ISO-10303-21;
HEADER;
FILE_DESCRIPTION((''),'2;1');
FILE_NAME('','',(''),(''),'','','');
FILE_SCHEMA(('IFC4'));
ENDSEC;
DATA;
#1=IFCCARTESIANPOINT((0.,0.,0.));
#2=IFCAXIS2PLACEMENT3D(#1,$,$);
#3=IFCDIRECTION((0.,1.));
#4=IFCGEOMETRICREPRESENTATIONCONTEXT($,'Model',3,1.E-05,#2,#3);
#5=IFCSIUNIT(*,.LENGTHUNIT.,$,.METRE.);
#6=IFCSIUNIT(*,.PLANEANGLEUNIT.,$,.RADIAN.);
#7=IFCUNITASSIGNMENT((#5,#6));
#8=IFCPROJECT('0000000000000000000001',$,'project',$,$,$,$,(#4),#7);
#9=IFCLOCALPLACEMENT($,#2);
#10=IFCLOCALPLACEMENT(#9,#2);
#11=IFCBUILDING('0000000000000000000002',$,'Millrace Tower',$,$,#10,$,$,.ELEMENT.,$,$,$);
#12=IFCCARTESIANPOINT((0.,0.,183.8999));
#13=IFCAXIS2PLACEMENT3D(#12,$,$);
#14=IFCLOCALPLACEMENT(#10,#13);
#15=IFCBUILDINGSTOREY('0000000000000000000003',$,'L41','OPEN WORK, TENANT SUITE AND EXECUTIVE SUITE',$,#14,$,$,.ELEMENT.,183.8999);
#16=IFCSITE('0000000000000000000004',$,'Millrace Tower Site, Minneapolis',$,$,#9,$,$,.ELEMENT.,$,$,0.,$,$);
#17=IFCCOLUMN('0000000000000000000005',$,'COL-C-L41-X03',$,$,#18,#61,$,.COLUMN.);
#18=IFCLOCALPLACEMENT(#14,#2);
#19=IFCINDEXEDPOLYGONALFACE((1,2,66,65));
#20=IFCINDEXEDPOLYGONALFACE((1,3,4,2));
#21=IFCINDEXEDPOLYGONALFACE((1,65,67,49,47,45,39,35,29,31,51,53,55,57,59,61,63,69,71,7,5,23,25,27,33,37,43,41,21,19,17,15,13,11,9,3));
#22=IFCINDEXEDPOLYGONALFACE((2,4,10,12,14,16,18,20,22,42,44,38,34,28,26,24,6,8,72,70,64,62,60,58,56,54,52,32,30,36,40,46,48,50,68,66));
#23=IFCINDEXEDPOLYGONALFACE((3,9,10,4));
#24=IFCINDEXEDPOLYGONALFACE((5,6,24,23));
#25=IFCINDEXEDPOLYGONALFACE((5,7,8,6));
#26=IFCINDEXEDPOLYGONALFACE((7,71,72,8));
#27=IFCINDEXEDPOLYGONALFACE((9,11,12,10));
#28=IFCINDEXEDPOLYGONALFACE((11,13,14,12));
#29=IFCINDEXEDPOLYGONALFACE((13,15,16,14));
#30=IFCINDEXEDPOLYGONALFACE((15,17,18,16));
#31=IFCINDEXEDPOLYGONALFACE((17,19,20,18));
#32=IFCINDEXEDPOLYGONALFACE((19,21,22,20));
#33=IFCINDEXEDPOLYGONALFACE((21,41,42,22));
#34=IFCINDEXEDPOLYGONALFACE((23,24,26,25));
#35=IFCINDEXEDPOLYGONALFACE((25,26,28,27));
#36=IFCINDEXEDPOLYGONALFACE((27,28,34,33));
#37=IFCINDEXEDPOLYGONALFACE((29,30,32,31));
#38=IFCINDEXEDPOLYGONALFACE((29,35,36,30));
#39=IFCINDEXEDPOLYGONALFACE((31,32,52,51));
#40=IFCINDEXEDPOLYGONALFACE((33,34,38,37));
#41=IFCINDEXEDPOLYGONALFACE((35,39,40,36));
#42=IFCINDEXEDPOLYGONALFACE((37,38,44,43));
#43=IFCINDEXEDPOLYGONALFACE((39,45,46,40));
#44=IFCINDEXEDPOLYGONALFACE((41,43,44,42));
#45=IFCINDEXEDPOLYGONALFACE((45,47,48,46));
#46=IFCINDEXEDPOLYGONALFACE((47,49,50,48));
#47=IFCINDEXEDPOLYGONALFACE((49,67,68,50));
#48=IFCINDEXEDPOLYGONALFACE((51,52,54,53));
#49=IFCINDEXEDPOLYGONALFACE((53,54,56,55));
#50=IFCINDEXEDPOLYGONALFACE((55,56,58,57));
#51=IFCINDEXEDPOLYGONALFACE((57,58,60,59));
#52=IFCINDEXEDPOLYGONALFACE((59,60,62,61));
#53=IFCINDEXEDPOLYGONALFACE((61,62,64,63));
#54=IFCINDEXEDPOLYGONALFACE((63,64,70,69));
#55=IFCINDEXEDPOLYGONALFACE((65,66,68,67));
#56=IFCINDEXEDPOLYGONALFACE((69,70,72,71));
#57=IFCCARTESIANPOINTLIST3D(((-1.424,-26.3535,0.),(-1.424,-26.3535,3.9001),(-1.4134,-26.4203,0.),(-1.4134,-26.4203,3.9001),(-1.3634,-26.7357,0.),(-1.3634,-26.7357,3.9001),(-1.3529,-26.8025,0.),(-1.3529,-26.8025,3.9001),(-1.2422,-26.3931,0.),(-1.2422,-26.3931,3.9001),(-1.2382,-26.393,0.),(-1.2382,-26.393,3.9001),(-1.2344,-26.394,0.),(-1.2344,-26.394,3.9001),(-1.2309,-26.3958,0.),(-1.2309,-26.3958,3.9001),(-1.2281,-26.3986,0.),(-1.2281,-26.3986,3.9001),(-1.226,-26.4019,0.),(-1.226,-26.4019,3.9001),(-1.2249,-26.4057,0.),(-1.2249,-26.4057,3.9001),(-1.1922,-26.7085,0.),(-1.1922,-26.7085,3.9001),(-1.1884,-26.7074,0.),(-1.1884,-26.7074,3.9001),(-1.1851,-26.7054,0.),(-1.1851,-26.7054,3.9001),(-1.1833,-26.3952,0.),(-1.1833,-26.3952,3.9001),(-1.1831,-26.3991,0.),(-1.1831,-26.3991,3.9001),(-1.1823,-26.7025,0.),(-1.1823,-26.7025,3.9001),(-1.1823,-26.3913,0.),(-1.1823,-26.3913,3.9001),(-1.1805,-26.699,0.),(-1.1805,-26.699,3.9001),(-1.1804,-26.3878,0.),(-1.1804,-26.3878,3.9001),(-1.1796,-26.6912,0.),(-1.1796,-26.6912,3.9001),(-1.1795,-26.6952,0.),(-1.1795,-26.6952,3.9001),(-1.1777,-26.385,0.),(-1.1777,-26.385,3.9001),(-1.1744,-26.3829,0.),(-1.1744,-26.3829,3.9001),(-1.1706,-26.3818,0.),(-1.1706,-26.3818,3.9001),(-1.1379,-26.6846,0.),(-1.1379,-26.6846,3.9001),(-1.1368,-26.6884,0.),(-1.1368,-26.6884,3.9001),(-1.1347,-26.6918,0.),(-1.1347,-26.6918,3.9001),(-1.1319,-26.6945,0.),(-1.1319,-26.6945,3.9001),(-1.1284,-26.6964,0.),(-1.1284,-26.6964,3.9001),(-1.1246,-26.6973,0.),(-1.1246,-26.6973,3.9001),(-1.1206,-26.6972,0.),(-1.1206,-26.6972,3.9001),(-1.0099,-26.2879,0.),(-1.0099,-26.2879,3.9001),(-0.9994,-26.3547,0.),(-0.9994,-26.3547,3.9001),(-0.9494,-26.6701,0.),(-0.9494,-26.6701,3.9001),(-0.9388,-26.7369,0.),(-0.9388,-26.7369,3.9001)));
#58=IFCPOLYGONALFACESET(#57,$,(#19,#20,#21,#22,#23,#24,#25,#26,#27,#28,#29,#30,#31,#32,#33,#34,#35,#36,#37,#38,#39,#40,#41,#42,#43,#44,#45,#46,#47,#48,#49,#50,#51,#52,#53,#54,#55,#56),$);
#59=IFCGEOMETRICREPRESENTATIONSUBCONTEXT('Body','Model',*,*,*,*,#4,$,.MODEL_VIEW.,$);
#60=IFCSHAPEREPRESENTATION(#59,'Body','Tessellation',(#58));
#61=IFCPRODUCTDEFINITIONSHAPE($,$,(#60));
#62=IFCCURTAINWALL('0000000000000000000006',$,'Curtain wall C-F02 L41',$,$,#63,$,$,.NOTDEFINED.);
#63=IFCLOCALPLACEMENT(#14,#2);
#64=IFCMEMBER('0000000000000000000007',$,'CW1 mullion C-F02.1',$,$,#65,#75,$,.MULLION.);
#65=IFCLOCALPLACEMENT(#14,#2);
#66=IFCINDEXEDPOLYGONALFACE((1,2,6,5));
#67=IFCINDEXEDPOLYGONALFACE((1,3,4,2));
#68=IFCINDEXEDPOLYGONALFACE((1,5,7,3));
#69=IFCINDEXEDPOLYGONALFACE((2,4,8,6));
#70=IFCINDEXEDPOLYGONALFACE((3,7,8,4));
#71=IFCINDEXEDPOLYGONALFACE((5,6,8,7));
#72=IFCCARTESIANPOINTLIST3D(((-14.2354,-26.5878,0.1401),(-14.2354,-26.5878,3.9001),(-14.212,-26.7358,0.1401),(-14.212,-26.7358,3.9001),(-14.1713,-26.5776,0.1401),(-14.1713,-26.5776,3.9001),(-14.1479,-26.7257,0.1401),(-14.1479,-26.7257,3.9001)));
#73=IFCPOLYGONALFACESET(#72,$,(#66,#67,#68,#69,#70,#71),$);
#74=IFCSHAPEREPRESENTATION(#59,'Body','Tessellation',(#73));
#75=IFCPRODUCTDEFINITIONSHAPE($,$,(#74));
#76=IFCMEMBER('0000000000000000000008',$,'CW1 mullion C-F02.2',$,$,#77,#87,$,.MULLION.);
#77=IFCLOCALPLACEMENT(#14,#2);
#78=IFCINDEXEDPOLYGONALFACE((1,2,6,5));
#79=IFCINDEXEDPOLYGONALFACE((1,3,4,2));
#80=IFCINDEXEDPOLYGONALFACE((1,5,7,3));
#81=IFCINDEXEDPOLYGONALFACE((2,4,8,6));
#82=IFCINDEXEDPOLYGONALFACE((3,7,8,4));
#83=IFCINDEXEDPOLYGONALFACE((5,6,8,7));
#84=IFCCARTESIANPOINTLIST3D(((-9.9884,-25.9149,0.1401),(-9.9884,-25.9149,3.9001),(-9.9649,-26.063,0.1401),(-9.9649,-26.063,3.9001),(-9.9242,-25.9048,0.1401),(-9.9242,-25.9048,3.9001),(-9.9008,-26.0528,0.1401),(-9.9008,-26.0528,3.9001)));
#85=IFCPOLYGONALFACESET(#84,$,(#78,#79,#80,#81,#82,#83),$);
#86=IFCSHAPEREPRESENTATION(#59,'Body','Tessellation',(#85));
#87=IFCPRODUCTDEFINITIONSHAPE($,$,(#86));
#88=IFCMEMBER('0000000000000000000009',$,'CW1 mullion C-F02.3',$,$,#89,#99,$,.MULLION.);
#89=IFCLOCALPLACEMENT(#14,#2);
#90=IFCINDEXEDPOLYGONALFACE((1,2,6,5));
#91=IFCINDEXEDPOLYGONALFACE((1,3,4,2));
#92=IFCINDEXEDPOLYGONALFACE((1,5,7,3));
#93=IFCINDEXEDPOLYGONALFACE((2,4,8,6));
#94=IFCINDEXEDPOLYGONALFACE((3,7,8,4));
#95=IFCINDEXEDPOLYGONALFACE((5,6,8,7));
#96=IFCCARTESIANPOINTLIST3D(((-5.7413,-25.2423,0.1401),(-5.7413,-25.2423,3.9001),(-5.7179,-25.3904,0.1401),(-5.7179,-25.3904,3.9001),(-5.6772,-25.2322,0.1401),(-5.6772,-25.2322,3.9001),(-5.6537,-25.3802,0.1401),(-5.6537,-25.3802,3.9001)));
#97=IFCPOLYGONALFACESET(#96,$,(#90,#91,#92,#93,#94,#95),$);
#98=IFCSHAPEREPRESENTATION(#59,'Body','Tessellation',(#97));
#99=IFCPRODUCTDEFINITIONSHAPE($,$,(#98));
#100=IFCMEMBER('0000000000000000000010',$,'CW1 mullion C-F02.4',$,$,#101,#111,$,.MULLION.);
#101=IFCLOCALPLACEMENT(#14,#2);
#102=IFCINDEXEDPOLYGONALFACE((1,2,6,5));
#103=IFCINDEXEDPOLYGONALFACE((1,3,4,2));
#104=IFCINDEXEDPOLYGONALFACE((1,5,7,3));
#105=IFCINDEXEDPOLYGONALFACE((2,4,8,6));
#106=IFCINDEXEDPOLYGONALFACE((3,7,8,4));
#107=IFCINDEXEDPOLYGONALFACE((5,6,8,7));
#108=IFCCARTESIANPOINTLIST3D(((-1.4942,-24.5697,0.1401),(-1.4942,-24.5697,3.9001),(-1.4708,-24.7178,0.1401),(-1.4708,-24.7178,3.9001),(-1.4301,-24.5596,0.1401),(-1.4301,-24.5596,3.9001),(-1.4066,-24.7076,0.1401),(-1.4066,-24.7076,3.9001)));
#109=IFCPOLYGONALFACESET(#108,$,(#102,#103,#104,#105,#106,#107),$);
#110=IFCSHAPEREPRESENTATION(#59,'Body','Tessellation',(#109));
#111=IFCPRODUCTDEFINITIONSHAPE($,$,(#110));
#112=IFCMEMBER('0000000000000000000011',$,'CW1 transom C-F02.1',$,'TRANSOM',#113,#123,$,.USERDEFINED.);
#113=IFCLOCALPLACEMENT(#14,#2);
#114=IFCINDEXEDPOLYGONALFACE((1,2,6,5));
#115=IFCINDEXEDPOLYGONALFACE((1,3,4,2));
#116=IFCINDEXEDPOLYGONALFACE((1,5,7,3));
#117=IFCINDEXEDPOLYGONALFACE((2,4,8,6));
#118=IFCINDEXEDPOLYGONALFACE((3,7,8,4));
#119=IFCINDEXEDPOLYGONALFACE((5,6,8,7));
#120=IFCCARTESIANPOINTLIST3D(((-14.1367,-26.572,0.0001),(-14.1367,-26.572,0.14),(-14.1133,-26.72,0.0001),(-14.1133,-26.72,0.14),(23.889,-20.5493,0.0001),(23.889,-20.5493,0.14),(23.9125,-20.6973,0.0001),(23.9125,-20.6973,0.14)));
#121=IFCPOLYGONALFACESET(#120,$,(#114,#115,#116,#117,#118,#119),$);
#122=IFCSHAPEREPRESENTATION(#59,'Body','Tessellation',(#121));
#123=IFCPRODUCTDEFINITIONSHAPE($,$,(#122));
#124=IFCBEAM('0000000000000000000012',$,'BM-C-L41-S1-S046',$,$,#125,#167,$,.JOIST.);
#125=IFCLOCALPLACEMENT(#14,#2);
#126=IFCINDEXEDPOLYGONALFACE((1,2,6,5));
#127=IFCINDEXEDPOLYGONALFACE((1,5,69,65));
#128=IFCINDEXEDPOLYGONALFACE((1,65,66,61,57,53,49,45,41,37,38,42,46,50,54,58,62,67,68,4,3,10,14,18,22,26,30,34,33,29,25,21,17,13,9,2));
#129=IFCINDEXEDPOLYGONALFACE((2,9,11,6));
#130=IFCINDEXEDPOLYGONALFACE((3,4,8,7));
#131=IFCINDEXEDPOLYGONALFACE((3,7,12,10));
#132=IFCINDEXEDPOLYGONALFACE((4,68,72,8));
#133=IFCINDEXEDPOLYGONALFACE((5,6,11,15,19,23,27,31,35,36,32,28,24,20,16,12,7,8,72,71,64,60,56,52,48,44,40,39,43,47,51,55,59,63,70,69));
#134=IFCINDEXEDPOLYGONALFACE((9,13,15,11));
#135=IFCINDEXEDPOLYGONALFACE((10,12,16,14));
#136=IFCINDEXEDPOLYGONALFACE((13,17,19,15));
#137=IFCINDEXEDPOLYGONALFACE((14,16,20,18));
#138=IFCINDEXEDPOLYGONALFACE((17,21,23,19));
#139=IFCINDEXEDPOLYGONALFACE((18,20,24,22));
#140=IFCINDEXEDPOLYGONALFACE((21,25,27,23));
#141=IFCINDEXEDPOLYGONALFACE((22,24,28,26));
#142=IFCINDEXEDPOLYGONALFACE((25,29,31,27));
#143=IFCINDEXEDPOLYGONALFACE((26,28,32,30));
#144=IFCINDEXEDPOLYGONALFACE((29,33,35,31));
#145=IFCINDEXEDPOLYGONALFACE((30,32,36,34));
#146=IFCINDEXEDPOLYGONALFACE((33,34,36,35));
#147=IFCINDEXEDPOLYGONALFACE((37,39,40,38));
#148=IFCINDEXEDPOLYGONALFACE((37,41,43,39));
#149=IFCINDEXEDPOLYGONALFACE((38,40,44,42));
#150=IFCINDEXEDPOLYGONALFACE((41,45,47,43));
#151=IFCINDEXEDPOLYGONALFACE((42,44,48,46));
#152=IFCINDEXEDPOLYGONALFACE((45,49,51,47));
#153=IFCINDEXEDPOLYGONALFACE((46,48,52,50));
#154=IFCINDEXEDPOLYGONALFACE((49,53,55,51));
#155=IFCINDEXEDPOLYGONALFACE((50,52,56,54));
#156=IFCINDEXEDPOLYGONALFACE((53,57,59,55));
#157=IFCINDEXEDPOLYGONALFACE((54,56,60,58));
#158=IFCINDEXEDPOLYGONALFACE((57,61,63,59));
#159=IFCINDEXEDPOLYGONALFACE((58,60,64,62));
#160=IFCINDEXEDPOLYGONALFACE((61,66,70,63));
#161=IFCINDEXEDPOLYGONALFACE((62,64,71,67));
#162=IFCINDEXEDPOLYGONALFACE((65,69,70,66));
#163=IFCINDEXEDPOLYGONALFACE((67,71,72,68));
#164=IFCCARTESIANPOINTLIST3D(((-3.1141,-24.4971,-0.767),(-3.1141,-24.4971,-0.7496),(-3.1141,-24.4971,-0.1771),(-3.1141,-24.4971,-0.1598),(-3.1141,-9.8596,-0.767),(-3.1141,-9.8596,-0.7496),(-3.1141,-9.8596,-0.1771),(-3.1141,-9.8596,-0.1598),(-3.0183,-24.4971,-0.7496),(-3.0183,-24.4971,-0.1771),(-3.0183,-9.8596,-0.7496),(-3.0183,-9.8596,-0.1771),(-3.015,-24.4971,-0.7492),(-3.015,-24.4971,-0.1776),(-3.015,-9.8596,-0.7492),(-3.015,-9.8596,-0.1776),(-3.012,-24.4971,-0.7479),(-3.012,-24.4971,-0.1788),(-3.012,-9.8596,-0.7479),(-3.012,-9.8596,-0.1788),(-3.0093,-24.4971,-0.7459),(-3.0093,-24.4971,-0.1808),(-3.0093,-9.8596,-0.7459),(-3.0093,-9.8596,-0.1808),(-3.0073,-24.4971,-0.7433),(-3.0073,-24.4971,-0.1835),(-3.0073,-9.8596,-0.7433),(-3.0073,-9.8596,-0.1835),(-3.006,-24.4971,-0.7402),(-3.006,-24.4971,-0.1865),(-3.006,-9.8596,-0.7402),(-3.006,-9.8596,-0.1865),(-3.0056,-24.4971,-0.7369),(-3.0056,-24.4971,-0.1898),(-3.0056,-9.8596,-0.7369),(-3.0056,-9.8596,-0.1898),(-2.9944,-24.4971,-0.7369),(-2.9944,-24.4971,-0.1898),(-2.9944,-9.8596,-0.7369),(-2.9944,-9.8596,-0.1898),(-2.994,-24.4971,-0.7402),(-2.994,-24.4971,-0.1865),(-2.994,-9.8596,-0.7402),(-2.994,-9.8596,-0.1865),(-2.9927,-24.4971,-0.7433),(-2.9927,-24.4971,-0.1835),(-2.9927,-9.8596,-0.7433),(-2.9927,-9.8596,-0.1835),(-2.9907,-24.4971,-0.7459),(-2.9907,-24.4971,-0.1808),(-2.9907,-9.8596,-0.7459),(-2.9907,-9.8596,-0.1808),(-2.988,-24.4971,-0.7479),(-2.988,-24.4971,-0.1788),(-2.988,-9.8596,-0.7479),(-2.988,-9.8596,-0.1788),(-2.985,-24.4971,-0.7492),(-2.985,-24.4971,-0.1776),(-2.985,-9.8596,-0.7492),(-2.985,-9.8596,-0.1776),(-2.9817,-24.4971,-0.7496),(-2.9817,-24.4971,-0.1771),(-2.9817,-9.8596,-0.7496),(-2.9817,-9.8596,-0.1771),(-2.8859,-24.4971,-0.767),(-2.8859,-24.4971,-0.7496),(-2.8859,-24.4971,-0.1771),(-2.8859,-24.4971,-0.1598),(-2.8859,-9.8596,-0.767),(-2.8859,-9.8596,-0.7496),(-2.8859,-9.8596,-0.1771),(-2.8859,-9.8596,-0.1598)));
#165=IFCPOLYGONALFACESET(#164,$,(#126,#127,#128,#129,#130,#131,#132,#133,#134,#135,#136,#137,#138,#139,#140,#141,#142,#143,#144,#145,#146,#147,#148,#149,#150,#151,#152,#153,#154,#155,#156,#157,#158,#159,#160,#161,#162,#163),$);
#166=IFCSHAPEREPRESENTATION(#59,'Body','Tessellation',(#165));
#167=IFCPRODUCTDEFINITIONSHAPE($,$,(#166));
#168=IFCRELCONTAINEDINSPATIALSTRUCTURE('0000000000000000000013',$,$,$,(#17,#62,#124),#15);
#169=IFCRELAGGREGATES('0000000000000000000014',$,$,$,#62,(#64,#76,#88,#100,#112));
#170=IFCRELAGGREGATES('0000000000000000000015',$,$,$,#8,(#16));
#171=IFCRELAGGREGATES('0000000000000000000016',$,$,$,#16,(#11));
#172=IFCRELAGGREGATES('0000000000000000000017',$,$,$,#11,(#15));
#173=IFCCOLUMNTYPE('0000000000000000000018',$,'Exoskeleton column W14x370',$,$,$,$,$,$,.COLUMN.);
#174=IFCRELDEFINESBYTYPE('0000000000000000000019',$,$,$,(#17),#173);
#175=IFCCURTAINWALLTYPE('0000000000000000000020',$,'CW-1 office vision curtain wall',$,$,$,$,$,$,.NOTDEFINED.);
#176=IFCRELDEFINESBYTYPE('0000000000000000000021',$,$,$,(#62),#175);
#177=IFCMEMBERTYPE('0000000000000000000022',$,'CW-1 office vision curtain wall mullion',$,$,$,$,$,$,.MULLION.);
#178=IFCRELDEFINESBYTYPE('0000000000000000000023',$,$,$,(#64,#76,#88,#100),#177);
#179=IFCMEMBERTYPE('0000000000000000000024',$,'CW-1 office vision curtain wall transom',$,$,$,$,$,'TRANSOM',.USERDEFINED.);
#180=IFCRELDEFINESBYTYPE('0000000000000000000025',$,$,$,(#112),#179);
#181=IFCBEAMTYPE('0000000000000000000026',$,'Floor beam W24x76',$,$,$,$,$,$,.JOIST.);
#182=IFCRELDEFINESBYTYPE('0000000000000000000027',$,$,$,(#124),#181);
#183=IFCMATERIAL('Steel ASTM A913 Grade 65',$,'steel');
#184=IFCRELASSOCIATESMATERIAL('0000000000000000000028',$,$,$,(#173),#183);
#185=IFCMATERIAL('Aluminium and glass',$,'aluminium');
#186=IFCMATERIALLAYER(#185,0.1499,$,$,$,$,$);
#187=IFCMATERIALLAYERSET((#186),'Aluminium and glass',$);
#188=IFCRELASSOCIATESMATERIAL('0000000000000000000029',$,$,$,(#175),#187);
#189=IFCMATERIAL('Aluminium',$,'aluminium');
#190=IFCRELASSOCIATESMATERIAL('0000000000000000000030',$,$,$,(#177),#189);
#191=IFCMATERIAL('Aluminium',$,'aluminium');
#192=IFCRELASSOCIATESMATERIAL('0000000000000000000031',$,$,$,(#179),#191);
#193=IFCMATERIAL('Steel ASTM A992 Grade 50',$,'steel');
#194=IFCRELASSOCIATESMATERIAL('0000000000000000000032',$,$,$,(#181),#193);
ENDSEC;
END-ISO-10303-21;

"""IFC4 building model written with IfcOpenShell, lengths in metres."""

from ifc_helpers import new_model, si_unit, direction, frame, origin, origin_2d, place, context, subcontext, project, spatial, rectangle, i_section, extrude, material, layer, layer_set, material_profile, profile_set, type_object, element, aggregate, save


model = new_model("IFC4")

# Units and contexts
model_context = context("Model", 3, precision=1e-05, world=origin(), true_north=direction((0.0, 1.0)))
body_context = subcontext(model_context, "Body", "Model", "MODEL_VIEW")
ifc_project = project(units=[si_unit("LENGTHUNIT", "METRE"), si_unit("PLANEANGLEUNIT", "RADIAN")], contexts=[model_context])

# Site, building, storey
site_placement = place(None, origin())
site = spatial("IfcSite", under=ifc_project, at=site_placement, Name="Millrace Tower Site, Minneapolis", CompositionType="ELEMENT", RefElevation=0.0)
building_placement = place(site_placement, origin())
building = spatial("IfcBuilding", under=site, at=building_placement, Name="Millrace Tower", CompositionType="ELEMENT")
storey_placement = place(building_placement, frame((0.0, 0.0, 183.8999)))
storey = spatial("IfcBuildingStorey", under=building, at=storey_placement, Name="L41", Description="OPEN WORK, TENANT SUITE AND EXECUTIVE SUITE", CompositionType="ELEMENT", Elevation=183.8999)

# Column
ifc_material_1 = material(Name="Steel ASTM A913 Grade 65", Category="steel")
ifc_material_profile_1 = material_profile(ifc_material_1, i_section(OverallWidth=0.4192, OverallDepth=0.4546, WebThickness=0.0422, FlangeThickness=0.0676, FilletRadius=0.0151, at=origin_2d()))
ifc_profile_set_1 = profile_set([ifc_material_profile_1], Name="Steel ASTM A913 Grade 65")
column_type = type_object("IfcColumnType", Name="Exoskeleton column W14x370", PredefinedType="COLUMN", material=ifc_profile_set_1)
column_placement = place(storey_placement, frame((-1.1814, -26.5452, 0.0), z_axis=(0.0, 0.0, 1.0), x_axis=(0.987688, 0.156434, 0.0)))
element("IfcColumn", 1, at=column_placement, inside=storey, type_object=column_type, Name="COL-C-L41-X03", PredefinedType="COLUMN", context=body_context, shape_type="SweptSolid", body=[
    extrude(i_section(OverallWidth=0.4192, OverallDepth=0.4546, WebThickness=0.0422, FlangeThickness=0.0676, FilletRadius=0.0151, at=origin_2d()), origin(), (0.0, 0.0, 1.0), 3.9001),
])

# Curtain wall, members
ifc_material_2 = material(Name="Aluminium and glass", Category="aluminium")
ifc_layer_1 = layer(ifc_material_2, 0.1499)
ifc_layer_set_1 = layer_set([ifc_layer_1], Name="Aluminium and glass")
curtain_wall_type = type_object("IfcCurtainWallType", Name="CW-1 office vision curtain wall", PredefinedType="NOTDEFINED", material=ifc_layer_set_1)
curtain_wall_placement = place(storey_placement, origin())
curtain_wall = element("IfcCurtainWall", 2, at=curtain_wall_placement, inside=storey, type_object=curtain_wall_type, Name="Curtain wall C-F02 L41", PredefinedType="NOTDEFINED")
ifc_material_3 = material(Name="Aluminium", Category="aluminium")
ifc_material_profile_2 = material_profile(ifc_material_3, rectangle(XDim=0.0649, YDim=0.1499, at=origin_2d()))
ifc_profile_set_2 = profile_set([ifc_material_profile_2], Name="Aluminium")
member_type_1 = type_object("IfcMemberType", Name="CW-1 office vision curtain wall mullion", PredefinedType="MULLION", material=ifc_profile_set_2)
member_1_placement = place(storey_placement, frame((-14.1917, -26.6567, 0.1401), z_axis=(0.0, 0.0, 1.0), x_axis=(0.987688, 0.156434, 0.0)))
member_1 = element("IfcMember", 3, at=member_1_placement, type_object=member_type_1, Name="CW1 mullion C-F02.1", PredefinedType="MULLION", context=body_context, shape_type="SweptSolid", body=[
    extrude(rectangle(XDim=0.0649, YDim=0.1499, at=origin_2d()), origin(), (0.0, 0.0, 1.0), 3.76),
])
member_2_placement = place(storey_placement, frame((-9.9446, -25.9839, 0.1401), z_axis=(0.0, 0.0, 1.0), x_axis=(0.987688, 0.156434, 0.0)))
member_2 = element("IfcMember", 4, at=member_2_placement, type_object=member_type_1, Name="CW1 mullion C-F02.2", PredefinedType="MULLION", context=body_context, shape_type="SweptSolid", body=[
    extrude(rectangle(XDim=0.0649, YDim=0.1499, at=origin_2d()), origin(), (0.0, 0.0, 1.0), 3.76),
])
member_3_placement = place(storey_placement, frame((-5.6975, -25.3113, 0.1401), z_axis=(0.0, 0.0, 1.0), x_axis=(0.987688, 0.156434, 0.0)))
member_3 = element("IfcMember", 5, at=member_3_placement, type_object=member_type_1, Name="CW1 mullion C-F02.3", PredefinedType="MULLION", context=body_context, shape_type="SweptSolid", body=[
    extrude(rectangle(XDim=0.0649, YDim=0.1499, at=origin_2d()), origin(), (0.0, 0.0, 1.0), 3.76),
])
member_4_placement = place(storey_placement, frame((-1.4504, -24.6387, 0.1401), z_axis=(0.0, 0.0, 1.0), x_axis=(0.987688, 0.156434, 0.0)))
member_4 = element("IfcMember", 6, at=member_4_placement, type_object=member_type_1, Name="CW1 mullion C-F02.4", PredefinedType="MULLION", context=body_context, shape_type="SweptSolid", body=[
    extrude(rectangle(XDim=0.0649, YDim=0.1499, at=origin_2d()), origin(), (0.0, 0.0, 1.0), 3.76),
])
ifc_material_4 = material(Name="Aluminium", Category="aluminium")
ifc_material_profile_3 = material_profile(ifc_material_4, rectangle(XDim=0.1499, YDim=0.1399, at=origin_2d()))
ifc_profile_set_3 = profile_set([ifc_material_profile_3], Name="Aluminium")
member_type_2 = type_object("IfcMemberType", Name="CW-1 office vision curtain wall transom", ElementType="TRANSOM", PredefinedType="USERDEFINED", material=ifc_profile_set_3)
member_5_placement = place(storey_placement, frame((-14.125, -26.646, 0.0701), z_axis=(0.987688, 0.156434, 0.0), x_axis=(-0.156434, 0.987688, 0.0)))
member_5 = element("IfcMember", 7, at=member_5_placement, type_object=member_type_2, Name="CW1 transom C-F02.1", ObjectType="TRANSOM", PredefinedType="USERDEFINED", context=body_context, shape_type="SweptSolid", body=[
    extrude(rectangle(XDim=0.1499, YDim=0.1399, at=origin_2d()), origin(), (0.0, 0.0, 1.0), 38.4998),
])
aggregate(curtain_wall, [member_1, member_2, member_3, member_4, member_5])

# Beam
ifc_material_5 = material(Name="Steel ASTM A992 Grade 50", Category="steel")
ifc_material_profile_4 = material_profile(ifc_material_5, i_section(OverallWidth=0.2283, OverallDepth=0.6072, WebThickness=0.0112, FlangeThickness=0.0173, FilletRadius=0.0127, at=origin_2d()))
ifc_profile_set_4 = profile_set([ifc_material_profile_4], Name="Steel ASTM A992 Grade 50")
beam_type_1 = type_object("IfcBeamType", Name="Floor beam W24x76", PredefinedType="JOIST", material=ifc_profile_set_4)
beam_1_placement = place(storey_placement, frame((-3.0, -24.4971, -0.4634), z_axis=(0.0, 1.0, 0.0), x_axis=(-1.0, 0.0, 0.0)))
element("IfcBeam", 8, at=beam_1_placement, inside=storey, type_object=beam_type_1, Name="BM-C-L41-S1-S046", PredefinedType="JOIST", context=body_context, shape_type="SweptSolid", body=[
    extrude(i_section(OverallWidth=0.2283, OverallDepth=0.6072, WebThickness=0.0112, FlangeThickness=0.0173, FilletRadius=0.0127, at=origin_2d()), origin(), (0.0, 0.0, 1.0), 14.6375),
])

save(model, "model.ifc")
